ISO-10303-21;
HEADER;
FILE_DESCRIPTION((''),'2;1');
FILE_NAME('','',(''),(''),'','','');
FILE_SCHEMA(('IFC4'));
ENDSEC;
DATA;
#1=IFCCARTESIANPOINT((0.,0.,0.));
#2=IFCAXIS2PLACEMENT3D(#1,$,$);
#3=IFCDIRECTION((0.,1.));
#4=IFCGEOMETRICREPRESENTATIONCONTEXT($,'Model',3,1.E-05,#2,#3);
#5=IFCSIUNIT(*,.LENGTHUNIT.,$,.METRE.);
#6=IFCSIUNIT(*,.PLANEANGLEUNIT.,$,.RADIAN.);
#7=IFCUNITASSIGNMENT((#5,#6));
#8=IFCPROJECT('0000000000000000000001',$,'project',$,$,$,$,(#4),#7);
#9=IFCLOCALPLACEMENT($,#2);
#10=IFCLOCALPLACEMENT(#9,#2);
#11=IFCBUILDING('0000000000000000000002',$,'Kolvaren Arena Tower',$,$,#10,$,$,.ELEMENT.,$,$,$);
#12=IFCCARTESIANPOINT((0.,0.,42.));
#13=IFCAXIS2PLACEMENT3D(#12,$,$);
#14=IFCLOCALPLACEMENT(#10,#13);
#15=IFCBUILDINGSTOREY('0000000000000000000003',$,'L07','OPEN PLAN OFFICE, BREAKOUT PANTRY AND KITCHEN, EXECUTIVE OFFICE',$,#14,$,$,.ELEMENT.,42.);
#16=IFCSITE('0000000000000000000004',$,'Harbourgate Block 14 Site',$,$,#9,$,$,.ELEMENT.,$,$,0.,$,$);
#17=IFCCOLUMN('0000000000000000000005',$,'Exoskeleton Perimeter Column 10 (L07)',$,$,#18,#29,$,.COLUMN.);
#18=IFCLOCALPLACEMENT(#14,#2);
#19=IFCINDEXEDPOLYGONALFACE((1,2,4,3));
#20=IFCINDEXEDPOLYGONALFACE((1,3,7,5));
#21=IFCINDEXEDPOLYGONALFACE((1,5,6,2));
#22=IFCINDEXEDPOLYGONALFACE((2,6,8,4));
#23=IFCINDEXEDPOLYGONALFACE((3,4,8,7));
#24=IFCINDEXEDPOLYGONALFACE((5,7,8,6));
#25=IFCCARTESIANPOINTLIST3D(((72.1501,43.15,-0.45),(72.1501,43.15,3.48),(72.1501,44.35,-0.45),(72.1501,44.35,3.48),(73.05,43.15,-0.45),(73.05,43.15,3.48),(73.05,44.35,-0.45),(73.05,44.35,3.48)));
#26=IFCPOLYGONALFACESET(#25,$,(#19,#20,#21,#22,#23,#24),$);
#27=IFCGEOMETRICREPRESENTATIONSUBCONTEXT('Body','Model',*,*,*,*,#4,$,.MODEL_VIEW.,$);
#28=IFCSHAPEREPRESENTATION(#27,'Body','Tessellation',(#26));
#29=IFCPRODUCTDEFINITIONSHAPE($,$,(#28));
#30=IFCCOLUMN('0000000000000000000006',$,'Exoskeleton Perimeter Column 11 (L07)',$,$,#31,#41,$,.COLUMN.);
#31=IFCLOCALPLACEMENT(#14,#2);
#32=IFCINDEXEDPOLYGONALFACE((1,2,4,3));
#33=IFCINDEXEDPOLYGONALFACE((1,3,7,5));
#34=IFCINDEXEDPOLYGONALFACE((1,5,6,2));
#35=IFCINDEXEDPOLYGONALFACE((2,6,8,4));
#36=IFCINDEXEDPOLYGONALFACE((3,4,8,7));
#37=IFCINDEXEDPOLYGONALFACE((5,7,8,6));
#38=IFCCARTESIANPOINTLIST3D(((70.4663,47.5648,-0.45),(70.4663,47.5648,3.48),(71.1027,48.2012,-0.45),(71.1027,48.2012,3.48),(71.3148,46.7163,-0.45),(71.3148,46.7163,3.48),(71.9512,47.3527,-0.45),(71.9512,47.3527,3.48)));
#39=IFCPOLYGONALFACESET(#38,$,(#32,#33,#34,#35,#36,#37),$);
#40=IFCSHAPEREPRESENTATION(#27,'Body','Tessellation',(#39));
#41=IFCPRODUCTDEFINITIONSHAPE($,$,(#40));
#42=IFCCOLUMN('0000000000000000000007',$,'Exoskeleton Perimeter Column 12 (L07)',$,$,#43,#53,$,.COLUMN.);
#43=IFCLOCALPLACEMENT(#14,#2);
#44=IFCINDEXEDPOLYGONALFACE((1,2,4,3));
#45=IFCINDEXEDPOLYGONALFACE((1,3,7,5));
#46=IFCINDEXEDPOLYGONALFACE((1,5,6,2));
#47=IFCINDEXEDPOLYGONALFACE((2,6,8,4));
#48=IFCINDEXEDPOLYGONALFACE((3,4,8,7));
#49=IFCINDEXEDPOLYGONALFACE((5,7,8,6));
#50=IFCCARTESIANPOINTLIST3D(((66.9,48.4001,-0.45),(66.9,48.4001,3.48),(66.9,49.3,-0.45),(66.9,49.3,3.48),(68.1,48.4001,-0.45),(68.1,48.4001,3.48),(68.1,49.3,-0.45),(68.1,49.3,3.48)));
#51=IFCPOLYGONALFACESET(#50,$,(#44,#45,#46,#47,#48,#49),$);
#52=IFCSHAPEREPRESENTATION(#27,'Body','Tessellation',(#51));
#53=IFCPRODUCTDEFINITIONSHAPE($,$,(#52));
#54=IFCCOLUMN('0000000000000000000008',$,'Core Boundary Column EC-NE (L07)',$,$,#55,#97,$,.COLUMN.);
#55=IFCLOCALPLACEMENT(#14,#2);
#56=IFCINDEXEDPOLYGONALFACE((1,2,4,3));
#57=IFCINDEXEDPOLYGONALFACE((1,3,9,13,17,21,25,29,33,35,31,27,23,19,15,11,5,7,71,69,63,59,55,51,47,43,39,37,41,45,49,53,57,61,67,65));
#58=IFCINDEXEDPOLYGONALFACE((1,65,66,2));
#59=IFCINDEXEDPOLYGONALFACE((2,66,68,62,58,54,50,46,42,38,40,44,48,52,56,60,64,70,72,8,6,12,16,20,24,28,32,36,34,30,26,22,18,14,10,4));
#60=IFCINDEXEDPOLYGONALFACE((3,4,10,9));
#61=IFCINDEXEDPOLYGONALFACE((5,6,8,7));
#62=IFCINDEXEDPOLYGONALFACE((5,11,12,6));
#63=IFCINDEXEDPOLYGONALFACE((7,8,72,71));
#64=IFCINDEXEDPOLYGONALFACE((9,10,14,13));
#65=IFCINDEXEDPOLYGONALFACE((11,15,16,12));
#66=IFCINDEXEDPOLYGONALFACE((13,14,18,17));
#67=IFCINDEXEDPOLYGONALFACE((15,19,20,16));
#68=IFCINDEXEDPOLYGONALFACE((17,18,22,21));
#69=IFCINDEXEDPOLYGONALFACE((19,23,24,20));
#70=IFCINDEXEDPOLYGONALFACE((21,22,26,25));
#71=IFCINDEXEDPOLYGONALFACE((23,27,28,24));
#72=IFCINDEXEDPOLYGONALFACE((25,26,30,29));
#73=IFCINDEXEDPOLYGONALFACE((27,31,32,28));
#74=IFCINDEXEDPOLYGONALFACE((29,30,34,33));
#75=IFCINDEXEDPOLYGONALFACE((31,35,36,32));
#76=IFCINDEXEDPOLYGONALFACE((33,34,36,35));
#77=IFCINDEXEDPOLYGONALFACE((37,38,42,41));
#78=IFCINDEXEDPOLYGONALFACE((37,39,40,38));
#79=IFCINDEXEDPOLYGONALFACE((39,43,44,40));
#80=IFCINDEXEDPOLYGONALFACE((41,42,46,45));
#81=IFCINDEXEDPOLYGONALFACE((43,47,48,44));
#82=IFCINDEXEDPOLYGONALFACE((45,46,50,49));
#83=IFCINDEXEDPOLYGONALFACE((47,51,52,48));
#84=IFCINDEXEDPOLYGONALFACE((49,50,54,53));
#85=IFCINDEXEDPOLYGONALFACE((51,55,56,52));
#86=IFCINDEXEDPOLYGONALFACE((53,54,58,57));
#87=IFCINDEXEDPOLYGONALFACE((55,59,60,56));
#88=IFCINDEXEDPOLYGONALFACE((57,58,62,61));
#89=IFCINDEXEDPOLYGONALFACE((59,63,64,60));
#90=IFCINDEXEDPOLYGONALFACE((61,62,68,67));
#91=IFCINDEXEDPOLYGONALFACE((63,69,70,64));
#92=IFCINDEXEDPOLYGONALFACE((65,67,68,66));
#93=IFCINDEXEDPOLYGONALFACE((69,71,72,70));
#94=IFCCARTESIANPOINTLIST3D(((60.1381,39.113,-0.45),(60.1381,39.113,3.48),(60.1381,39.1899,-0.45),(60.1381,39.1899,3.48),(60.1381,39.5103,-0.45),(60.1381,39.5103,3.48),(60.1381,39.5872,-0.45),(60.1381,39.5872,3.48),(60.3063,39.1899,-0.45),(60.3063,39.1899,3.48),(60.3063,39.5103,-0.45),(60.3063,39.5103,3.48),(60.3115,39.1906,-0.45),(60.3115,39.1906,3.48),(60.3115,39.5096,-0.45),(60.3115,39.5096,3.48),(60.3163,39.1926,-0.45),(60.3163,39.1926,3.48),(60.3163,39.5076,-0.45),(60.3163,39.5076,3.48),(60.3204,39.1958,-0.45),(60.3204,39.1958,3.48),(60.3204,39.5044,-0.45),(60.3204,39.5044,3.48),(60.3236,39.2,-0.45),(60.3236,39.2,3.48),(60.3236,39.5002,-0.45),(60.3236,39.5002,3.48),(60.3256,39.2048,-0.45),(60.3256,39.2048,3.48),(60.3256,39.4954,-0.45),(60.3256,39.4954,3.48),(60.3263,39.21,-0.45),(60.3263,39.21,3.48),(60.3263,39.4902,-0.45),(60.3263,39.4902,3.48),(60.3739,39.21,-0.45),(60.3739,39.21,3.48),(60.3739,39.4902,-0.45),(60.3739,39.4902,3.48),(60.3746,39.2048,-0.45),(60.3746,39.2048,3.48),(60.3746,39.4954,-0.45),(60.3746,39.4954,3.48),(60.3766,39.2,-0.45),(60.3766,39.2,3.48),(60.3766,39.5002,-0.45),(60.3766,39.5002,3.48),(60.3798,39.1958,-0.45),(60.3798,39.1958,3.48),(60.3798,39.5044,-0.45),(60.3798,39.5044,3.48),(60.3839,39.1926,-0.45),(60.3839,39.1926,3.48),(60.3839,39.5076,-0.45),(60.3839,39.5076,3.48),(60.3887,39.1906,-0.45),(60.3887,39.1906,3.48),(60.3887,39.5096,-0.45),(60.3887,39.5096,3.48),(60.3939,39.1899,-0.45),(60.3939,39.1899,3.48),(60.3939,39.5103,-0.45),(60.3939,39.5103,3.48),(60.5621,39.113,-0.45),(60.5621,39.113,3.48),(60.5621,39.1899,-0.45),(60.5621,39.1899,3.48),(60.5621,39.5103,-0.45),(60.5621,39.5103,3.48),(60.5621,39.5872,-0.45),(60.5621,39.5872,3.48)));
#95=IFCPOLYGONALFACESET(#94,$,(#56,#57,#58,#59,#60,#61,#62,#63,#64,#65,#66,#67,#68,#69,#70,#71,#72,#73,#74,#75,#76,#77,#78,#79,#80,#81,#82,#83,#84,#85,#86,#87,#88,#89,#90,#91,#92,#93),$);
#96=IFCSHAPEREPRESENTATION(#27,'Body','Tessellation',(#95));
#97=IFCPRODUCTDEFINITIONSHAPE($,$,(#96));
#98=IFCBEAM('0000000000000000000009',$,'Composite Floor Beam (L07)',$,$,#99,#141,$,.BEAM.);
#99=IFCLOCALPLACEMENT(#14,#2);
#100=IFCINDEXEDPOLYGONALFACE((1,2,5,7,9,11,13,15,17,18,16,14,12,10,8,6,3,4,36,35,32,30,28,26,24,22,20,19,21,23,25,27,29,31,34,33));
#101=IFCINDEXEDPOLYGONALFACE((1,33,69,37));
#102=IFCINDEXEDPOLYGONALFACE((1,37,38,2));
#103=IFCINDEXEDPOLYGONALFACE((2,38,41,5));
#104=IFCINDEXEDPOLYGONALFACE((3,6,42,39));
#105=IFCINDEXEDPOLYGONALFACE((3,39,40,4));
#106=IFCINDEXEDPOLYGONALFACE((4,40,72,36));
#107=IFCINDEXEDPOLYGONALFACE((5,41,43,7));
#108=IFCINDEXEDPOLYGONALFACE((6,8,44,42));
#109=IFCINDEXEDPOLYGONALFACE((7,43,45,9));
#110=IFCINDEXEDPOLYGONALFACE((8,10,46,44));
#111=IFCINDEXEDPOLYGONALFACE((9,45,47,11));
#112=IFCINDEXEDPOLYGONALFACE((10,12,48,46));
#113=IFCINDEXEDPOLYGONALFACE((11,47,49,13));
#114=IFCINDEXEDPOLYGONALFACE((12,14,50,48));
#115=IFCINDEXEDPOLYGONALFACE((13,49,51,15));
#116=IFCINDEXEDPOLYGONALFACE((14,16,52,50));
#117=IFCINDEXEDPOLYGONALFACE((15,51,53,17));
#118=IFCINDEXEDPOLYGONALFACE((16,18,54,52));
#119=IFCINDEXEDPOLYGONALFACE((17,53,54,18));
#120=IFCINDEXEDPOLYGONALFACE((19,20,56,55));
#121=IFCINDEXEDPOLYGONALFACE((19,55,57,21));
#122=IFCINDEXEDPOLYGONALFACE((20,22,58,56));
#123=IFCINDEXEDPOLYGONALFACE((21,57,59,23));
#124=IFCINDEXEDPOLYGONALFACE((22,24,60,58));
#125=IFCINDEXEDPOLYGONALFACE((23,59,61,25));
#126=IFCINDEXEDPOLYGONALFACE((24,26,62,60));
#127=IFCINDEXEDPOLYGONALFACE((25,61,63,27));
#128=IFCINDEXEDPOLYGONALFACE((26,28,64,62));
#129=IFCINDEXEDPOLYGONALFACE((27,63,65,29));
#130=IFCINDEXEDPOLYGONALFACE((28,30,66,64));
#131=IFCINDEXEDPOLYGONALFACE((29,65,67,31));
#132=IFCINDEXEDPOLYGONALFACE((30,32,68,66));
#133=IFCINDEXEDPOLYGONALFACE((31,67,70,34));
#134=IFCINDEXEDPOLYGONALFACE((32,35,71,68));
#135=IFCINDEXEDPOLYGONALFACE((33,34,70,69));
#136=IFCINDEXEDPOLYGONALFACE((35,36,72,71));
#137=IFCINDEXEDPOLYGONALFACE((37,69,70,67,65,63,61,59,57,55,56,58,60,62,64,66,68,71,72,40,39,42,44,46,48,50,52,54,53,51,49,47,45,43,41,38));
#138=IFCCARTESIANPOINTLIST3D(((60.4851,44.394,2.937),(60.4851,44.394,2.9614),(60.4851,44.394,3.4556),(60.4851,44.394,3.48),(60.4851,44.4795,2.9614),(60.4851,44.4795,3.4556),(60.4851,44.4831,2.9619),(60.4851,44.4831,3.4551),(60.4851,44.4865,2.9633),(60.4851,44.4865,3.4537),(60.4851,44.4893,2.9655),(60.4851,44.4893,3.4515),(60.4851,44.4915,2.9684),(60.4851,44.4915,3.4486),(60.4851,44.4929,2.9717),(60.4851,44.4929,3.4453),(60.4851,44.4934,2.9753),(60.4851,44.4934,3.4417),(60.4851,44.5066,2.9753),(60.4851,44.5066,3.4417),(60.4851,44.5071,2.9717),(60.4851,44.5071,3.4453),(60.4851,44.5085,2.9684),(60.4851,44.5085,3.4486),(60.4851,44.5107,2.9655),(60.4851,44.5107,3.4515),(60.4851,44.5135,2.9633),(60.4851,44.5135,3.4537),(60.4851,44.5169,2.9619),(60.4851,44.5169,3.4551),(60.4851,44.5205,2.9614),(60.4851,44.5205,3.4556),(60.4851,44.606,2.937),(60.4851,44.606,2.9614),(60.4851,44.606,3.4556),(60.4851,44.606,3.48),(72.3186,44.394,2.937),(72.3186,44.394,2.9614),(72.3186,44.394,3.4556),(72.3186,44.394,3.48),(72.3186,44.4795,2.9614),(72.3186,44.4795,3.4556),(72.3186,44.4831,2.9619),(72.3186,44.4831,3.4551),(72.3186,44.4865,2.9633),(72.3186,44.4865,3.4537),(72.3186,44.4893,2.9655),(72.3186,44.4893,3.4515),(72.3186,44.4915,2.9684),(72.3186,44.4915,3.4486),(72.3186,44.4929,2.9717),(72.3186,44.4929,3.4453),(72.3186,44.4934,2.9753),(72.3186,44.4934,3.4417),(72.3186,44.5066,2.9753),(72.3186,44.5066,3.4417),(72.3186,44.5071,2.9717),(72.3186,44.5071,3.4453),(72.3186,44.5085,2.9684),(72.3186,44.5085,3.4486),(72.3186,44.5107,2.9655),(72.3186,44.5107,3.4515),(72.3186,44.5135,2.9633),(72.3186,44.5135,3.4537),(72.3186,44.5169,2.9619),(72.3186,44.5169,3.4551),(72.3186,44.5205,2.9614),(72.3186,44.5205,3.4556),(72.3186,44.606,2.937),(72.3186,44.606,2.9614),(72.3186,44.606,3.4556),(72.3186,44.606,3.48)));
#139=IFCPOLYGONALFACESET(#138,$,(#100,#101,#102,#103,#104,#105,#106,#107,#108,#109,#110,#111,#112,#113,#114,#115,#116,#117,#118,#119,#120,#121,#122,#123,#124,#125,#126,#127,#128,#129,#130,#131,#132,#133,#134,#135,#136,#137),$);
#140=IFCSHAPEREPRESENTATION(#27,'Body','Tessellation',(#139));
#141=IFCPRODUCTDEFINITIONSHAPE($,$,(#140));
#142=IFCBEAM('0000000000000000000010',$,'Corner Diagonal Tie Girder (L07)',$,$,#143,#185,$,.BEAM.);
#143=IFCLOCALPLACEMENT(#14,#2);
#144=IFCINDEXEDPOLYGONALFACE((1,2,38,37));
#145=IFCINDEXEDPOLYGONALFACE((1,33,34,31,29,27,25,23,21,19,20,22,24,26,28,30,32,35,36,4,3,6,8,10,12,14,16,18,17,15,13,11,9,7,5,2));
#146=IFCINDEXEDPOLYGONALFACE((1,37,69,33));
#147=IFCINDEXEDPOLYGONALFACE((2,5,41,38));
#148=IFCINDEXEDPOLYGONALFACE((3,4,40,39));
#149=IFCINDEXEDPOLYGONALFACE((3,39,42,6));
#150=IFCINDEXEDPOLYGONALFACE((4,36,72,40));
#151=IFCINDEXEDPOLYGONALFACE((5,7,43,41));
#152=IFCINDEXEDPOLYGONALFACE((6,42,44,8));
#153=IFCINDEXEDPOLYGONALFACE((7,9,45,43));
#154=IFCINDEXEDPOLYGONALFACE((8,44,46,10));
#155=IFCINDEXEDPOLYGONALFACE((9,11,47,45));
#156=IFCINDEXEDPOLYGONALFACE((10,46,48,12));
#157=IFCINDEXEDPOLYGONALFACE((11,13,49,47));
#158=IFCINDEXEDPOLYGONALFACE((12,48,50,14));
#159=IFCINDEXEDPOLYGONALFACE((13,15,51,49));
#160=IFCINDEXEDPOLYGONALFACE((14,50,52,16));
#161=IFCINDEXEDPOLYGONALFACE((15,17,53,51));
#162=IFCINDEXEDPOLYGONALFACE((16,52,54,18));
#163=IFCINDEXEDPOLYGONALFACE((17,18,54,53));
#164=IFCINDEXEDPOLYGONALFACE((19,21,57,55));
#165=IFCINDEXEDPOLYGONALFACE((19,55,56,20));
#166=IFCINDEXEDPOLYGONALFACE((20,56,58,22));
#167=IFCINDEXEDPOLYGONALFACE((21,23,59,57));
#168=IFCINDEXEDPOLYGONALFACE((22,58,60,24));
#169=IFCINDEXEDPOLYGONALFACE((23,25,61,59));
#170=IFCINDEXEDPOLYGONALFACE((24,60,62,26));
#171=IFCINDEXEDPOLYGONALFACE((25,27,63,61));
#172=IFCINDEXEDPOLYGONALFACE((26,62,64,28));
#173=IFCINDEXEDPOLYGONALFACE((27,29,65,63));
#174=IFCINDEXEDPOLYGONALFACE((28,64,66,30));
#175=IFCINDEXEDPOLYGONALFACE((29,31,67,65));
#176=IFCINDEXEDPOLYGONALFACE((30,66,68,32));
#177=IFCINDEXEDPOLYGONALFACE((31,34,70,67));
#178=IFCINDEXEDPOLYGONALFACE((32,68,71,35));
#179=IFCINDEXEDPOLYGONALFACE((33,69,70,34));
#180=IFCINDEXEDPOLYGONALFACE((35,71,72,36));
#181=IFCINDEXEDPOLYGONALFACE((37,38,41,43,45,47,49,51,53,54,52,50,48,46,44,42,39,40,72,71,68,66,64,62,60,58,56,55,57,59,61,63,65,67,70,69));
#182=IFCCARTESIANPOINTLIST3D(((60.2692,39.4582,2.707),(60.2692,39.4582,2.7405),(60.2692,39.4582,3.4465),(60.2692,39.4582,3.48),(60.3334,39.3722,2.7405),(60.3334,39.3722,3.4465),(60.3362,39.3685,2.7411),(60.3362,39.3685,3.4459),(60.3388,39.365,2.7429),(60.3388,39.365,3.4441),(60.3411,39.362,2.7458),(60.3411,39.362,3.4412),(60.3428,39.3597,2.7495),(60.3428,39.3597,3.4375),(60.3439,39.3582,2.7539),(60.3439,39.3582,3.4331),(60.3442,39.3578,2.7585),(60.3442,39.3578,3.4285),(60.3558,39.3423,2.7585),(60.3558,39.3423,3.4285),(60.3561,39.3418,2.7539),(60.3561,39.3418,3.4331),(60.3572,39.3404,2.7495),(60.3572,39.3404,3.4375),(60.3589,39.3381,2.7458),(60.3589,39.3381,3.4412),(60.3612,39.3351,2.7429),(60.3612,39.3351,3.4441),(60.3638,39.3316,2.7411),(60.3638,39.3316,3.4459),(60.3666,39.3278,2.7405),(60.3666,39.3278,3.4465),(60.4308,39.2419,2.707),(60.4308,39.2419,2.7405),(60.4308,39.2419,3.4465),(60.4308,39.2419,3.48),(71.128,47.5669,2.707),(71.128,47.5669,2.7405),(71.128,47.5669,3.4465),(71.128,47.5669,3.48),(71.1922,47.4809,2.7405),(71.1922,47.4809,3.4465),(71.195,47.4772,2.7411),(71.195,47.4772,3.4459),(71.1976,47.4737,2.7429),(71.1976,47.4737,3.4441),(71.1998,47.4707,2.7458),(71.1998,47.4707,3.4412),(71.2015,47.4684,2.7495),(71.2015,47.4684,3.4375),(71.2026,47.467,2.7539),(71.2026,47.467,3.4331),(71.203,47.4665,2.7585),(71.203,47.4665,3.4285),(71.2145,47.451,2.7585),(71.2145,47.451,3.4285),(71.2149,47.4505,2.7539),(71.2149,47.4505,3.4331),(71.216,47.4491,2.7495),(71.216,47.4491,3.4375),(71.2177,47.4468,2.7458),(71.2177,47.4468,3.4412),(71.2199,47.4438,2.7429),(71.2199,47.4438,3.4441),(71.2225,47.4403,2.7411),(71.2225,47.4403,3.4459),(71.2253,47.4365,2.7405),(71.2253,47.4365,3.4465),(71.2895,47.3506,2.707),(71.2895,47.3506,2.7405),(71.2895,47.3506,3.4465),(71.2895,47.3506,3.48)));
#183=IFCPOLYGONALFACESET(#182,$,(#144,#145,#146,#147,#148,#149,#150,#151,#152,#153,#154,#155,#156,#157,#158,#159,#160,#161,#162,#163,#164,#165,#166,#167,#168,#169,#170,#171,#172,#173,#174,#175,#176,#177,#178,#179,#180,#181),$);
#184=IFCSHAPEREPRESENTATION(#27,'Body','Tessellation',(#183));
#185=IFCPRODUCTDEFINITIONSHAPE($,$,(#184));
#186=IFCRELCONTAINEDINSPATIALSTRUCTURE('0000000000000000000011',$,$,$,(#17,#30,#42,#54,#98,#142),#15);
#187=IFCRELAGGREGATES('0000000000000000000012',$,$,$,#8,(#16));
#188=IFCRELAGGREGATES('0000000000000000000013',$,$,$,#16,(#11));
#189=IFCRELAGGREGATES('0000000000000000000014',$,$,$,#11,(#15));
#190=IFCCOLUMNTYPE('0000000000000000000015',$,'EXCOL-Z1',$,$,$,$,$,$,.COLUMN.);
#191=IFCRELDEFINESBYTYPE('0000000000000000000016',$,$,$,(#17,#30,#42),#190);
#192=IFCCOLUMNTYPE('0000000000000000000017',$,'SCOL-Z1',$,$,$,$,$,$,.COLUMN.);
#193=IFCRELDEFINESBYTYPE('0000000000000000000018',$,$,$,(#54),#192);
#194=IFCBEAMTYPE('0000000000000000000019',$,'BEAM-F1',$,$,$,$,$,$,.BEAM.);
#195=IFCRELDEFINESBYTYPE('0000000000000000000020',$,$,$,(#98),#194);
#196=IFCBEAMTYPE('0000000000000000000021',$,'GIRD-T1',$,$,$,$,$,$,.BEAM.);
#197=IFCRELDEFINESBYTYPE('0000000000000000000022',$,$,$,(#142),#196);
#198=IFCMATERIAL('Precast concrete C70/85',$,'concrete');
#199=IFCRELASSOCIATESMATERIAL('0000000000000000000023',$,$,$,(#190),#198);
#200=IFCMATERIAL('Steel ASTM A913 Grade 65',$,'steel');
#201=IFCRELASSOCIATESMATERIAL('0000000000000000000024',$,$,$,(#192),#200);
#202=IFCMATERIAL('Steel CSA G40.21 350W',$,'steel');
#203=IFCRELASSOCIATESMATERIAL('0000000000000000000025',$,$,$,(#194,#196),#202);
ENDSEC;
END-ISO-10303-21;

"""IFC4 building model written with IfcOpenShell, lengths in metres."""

from ifc_helpers import new_model, si_unit, direction, frame, origin, origin_2d, place, context, subcontext, project, spatial, rectangle, i_section, extrude, material, material_profile, profile_set, type_object, element, save


model = new_model("IFC4")

# Units and contexts
model_context = context("Model", 3, precision=1e-05, world=origin(), true_north=direction((0.0, 1.0)))
body_context = subcontext(model_context, "Body", "Model", "MODEL_VIEW")
ifc_project = project(units=[si_unit("LENGTHUNIT", "METRE"), si_unit("PLANEANGLEUNIT", "RADIAN")], contexts=[model_context])

# Site, building, storey
site_placement = place(None, origin())
site = spatial("IfcSite", under=ifc_project, at=site_placement, Name="Harbourgate Block 14 Site", CompositionType="ELEMENT", RefElevation=0.0)
building_placement = place(site_placement, origin())
building = spatial("IfcBuilding", under=site, at=building_placement, Name="Kolvaren Arena Tower", CompositionType="ELEMENT")
storey_placement = place(building_placement, frame((0.0, 0.0, 42.0)))
storey = spatial("IfcBuildingStorey", under=building, at=storey_placement, Name="L07", Description="OPEN PLAN OFFICE, BREAKOUT PANTRY AND KITCHEN, EXECUTIVE OFFICE", CompositionType="ELEMENT", Elevation=42.0)

# Columns
ifc_material_1 = material(Name="Precast concrete C70/85", Category="concrete")
ifc_material_profile_1 = material_profile(ifc_material_1, rectangle(XDim=1.2, YDim=0.8999, at=origin_2d()), Name="RC-1200x900")
ifc_profile_set_1 = profile_set([ifc_material_profile_1], Name="Precast concrete C70/85")
column_type_1 = type_object("IfcColumnType", Name="EXCOL-Z1", PredefinedType="COLUMN", material=ifc_profile_set_1)
for number, where, z_axis, x_axis, name in (
    (1, (72.6001, 43.75, -0.45), (0.0, 0.0, 1.0), (0.0, 1.0, 0.0), "Exoskeleton Perimeter Column 10 (L07)"),
    (2, (71.2087, 47.4587, -0.45), (0.0, 0.0, 1.0), (-0.707107, 0.707107, 0.0), "Exoskeleton Perimeter Column 11 (L07)"),
    (3, (67.5, 48.8501, -0.45), (0.0, 0.0, 1.0), (1.0, 0.0, 0.0), "Exoskeleton Perimeter Column 12 (L07)"),
):
    element("IfcColumn", number, at=place(storey_placement, frame(where, z_axis=z_axis, x_axis=x_axis)), inside=storey, type_object=column_type_1, Name=name, PredefinedType="COLUMN", context=body_context, shape_type="SweptSolid", body=[
        extrude(rectangle(XDim=1.2, YDim=0.8999, at=origin_2d()), origin(), (0.0, 0.0, 1.0), 3.9299),
    ])
ifc_material_2 = material(Name="Steel ASTM A913 Grade 65", Category="steel")
ifc_material_profile_2 = material_profile(ifc_material_2, i_section(OverallWidth=0.4241, OverallDepth=0.4741, WebThickness=0.0476, FlangeThickness=0.0769, FilletRadius=0.02, at=origin_2d()), Name="W360x634")
ifc_profile_set_2 = profile_set([ifc_material_profile_2], Name="Steel ASTM A913 Grade 65")
column_type_2 = type_object("IfcColumnType", Name="SCOL-Z1", PredefinedType="COLUMN", material=ifc_profile_set_2)
column_placement = place(storey_placement, frame((60.3501, 39.3501, -0.45), z_axis=(0.0, 0.0, 1.0), x_axis=(1.0, 0.0, 0.0)))
element("IfcColumn", 4, at=column_placement, inside=storey, type_object=column_type_2, Name="Core Boundary Column EC-NE (L07)", PredefinedType="COLUMN", context=body_context, shape_type="SweptSolid", body=[
    extrude(i_section(OverallWidth=0.4241, OverallDepth=0.4741, WebThickness=0.0476, FlangeThickness=0.0769, FilletRadius=0.02, at=origin_2d()), origin(), (0.0, 0.0, 1.0), 3.9299),
])

# Beams
ifc_material_3 = material(Name="Steel CSA G40.21 350W", Category="steel")
ifc_material_profile_3 = material_profile(ifc_material_3, i_section(OverallWidth=0.2119, OverallDepth=0.543, WebThickness=0.0132, FlangeThickness=0.0244, FilletRadius=0.0139, at=origin_2d()), Name="W530x150")
ifc_profile_set_3 = profile_set([ifc_material_profile_3], Name="Steel CSA G40.21 350W")
beam_type_1 = type_object("IfcBeamType", Name="BEAM-F1", PredefinedType="BEAM", material=ifc_profile_set_3)
beam_1_placement = place(storey_placement, frame((60.4851, 44.5, 3.2085), z_axis=(1.0, 0.0, 0.0), x_axis=(0.0, 1.0, 0.0)))
element("IfcBeam", 5, at=beam_1_placement, inside=storey, type_object=beam_type_1, Name="Composite Floor Beam (L07)", PredefinedType="BEAM", context=body_context, shape_type="SweptSolid", body=[
    extrude(i_section(OverallWidth=0.2119, OverallDepth=0.543, WebThickness=0.0132, FlangeThickness=0.0244, FilletRadius=0.0139, at=origin_2d()), origin(), (0.0, 0.0, 1.0), 11.8335),
])
ifc_material_profile_4 = material_profile(ifc_material_3, i_section(OverallWidth=0.27, OverallDepth=0.7729, WebThickness=0.0193, FlangeThickness=0.0334, FilletRadius=0.0181, at=origin_2d()), Name="W760x257")
ifc_profile_set_4 = profile_set([ifc_material_profile_4], Name="Steel CSA G40.21 350W")
beam_type_2 = type_object("IfcBeamType", Name="GIRD-T1", PredefinedType="BEAM", material=ifc_profile_set_4)
beam_2_placement = place(storey_placement, frame((71.2087, 47.4587, 3.0935), z_axis=(-0.80125, -0.59833, 0.0), x_axis=(0.59833, -0.80125, 0.0)))
element("IfcBeam", 6, at=beam_2_placement, inside=storey, type_object=beam_type_2, Name="Corner Diagonal Tie Girder (L07)", PredefinedType="BEAM", context=body_context, shape_type="SweptSolid", body=[
    extrude(i_section(OverallWidth=0.27, OverallDepth=0.7729, WebThickness=0.0193, FlangeThickness=0.0334, FilletRadius=0.0181, at=origin_2d()), origin(), (0.0, 0.0, 1.0), 13.5522),
])

save(model, "model.ifc")
